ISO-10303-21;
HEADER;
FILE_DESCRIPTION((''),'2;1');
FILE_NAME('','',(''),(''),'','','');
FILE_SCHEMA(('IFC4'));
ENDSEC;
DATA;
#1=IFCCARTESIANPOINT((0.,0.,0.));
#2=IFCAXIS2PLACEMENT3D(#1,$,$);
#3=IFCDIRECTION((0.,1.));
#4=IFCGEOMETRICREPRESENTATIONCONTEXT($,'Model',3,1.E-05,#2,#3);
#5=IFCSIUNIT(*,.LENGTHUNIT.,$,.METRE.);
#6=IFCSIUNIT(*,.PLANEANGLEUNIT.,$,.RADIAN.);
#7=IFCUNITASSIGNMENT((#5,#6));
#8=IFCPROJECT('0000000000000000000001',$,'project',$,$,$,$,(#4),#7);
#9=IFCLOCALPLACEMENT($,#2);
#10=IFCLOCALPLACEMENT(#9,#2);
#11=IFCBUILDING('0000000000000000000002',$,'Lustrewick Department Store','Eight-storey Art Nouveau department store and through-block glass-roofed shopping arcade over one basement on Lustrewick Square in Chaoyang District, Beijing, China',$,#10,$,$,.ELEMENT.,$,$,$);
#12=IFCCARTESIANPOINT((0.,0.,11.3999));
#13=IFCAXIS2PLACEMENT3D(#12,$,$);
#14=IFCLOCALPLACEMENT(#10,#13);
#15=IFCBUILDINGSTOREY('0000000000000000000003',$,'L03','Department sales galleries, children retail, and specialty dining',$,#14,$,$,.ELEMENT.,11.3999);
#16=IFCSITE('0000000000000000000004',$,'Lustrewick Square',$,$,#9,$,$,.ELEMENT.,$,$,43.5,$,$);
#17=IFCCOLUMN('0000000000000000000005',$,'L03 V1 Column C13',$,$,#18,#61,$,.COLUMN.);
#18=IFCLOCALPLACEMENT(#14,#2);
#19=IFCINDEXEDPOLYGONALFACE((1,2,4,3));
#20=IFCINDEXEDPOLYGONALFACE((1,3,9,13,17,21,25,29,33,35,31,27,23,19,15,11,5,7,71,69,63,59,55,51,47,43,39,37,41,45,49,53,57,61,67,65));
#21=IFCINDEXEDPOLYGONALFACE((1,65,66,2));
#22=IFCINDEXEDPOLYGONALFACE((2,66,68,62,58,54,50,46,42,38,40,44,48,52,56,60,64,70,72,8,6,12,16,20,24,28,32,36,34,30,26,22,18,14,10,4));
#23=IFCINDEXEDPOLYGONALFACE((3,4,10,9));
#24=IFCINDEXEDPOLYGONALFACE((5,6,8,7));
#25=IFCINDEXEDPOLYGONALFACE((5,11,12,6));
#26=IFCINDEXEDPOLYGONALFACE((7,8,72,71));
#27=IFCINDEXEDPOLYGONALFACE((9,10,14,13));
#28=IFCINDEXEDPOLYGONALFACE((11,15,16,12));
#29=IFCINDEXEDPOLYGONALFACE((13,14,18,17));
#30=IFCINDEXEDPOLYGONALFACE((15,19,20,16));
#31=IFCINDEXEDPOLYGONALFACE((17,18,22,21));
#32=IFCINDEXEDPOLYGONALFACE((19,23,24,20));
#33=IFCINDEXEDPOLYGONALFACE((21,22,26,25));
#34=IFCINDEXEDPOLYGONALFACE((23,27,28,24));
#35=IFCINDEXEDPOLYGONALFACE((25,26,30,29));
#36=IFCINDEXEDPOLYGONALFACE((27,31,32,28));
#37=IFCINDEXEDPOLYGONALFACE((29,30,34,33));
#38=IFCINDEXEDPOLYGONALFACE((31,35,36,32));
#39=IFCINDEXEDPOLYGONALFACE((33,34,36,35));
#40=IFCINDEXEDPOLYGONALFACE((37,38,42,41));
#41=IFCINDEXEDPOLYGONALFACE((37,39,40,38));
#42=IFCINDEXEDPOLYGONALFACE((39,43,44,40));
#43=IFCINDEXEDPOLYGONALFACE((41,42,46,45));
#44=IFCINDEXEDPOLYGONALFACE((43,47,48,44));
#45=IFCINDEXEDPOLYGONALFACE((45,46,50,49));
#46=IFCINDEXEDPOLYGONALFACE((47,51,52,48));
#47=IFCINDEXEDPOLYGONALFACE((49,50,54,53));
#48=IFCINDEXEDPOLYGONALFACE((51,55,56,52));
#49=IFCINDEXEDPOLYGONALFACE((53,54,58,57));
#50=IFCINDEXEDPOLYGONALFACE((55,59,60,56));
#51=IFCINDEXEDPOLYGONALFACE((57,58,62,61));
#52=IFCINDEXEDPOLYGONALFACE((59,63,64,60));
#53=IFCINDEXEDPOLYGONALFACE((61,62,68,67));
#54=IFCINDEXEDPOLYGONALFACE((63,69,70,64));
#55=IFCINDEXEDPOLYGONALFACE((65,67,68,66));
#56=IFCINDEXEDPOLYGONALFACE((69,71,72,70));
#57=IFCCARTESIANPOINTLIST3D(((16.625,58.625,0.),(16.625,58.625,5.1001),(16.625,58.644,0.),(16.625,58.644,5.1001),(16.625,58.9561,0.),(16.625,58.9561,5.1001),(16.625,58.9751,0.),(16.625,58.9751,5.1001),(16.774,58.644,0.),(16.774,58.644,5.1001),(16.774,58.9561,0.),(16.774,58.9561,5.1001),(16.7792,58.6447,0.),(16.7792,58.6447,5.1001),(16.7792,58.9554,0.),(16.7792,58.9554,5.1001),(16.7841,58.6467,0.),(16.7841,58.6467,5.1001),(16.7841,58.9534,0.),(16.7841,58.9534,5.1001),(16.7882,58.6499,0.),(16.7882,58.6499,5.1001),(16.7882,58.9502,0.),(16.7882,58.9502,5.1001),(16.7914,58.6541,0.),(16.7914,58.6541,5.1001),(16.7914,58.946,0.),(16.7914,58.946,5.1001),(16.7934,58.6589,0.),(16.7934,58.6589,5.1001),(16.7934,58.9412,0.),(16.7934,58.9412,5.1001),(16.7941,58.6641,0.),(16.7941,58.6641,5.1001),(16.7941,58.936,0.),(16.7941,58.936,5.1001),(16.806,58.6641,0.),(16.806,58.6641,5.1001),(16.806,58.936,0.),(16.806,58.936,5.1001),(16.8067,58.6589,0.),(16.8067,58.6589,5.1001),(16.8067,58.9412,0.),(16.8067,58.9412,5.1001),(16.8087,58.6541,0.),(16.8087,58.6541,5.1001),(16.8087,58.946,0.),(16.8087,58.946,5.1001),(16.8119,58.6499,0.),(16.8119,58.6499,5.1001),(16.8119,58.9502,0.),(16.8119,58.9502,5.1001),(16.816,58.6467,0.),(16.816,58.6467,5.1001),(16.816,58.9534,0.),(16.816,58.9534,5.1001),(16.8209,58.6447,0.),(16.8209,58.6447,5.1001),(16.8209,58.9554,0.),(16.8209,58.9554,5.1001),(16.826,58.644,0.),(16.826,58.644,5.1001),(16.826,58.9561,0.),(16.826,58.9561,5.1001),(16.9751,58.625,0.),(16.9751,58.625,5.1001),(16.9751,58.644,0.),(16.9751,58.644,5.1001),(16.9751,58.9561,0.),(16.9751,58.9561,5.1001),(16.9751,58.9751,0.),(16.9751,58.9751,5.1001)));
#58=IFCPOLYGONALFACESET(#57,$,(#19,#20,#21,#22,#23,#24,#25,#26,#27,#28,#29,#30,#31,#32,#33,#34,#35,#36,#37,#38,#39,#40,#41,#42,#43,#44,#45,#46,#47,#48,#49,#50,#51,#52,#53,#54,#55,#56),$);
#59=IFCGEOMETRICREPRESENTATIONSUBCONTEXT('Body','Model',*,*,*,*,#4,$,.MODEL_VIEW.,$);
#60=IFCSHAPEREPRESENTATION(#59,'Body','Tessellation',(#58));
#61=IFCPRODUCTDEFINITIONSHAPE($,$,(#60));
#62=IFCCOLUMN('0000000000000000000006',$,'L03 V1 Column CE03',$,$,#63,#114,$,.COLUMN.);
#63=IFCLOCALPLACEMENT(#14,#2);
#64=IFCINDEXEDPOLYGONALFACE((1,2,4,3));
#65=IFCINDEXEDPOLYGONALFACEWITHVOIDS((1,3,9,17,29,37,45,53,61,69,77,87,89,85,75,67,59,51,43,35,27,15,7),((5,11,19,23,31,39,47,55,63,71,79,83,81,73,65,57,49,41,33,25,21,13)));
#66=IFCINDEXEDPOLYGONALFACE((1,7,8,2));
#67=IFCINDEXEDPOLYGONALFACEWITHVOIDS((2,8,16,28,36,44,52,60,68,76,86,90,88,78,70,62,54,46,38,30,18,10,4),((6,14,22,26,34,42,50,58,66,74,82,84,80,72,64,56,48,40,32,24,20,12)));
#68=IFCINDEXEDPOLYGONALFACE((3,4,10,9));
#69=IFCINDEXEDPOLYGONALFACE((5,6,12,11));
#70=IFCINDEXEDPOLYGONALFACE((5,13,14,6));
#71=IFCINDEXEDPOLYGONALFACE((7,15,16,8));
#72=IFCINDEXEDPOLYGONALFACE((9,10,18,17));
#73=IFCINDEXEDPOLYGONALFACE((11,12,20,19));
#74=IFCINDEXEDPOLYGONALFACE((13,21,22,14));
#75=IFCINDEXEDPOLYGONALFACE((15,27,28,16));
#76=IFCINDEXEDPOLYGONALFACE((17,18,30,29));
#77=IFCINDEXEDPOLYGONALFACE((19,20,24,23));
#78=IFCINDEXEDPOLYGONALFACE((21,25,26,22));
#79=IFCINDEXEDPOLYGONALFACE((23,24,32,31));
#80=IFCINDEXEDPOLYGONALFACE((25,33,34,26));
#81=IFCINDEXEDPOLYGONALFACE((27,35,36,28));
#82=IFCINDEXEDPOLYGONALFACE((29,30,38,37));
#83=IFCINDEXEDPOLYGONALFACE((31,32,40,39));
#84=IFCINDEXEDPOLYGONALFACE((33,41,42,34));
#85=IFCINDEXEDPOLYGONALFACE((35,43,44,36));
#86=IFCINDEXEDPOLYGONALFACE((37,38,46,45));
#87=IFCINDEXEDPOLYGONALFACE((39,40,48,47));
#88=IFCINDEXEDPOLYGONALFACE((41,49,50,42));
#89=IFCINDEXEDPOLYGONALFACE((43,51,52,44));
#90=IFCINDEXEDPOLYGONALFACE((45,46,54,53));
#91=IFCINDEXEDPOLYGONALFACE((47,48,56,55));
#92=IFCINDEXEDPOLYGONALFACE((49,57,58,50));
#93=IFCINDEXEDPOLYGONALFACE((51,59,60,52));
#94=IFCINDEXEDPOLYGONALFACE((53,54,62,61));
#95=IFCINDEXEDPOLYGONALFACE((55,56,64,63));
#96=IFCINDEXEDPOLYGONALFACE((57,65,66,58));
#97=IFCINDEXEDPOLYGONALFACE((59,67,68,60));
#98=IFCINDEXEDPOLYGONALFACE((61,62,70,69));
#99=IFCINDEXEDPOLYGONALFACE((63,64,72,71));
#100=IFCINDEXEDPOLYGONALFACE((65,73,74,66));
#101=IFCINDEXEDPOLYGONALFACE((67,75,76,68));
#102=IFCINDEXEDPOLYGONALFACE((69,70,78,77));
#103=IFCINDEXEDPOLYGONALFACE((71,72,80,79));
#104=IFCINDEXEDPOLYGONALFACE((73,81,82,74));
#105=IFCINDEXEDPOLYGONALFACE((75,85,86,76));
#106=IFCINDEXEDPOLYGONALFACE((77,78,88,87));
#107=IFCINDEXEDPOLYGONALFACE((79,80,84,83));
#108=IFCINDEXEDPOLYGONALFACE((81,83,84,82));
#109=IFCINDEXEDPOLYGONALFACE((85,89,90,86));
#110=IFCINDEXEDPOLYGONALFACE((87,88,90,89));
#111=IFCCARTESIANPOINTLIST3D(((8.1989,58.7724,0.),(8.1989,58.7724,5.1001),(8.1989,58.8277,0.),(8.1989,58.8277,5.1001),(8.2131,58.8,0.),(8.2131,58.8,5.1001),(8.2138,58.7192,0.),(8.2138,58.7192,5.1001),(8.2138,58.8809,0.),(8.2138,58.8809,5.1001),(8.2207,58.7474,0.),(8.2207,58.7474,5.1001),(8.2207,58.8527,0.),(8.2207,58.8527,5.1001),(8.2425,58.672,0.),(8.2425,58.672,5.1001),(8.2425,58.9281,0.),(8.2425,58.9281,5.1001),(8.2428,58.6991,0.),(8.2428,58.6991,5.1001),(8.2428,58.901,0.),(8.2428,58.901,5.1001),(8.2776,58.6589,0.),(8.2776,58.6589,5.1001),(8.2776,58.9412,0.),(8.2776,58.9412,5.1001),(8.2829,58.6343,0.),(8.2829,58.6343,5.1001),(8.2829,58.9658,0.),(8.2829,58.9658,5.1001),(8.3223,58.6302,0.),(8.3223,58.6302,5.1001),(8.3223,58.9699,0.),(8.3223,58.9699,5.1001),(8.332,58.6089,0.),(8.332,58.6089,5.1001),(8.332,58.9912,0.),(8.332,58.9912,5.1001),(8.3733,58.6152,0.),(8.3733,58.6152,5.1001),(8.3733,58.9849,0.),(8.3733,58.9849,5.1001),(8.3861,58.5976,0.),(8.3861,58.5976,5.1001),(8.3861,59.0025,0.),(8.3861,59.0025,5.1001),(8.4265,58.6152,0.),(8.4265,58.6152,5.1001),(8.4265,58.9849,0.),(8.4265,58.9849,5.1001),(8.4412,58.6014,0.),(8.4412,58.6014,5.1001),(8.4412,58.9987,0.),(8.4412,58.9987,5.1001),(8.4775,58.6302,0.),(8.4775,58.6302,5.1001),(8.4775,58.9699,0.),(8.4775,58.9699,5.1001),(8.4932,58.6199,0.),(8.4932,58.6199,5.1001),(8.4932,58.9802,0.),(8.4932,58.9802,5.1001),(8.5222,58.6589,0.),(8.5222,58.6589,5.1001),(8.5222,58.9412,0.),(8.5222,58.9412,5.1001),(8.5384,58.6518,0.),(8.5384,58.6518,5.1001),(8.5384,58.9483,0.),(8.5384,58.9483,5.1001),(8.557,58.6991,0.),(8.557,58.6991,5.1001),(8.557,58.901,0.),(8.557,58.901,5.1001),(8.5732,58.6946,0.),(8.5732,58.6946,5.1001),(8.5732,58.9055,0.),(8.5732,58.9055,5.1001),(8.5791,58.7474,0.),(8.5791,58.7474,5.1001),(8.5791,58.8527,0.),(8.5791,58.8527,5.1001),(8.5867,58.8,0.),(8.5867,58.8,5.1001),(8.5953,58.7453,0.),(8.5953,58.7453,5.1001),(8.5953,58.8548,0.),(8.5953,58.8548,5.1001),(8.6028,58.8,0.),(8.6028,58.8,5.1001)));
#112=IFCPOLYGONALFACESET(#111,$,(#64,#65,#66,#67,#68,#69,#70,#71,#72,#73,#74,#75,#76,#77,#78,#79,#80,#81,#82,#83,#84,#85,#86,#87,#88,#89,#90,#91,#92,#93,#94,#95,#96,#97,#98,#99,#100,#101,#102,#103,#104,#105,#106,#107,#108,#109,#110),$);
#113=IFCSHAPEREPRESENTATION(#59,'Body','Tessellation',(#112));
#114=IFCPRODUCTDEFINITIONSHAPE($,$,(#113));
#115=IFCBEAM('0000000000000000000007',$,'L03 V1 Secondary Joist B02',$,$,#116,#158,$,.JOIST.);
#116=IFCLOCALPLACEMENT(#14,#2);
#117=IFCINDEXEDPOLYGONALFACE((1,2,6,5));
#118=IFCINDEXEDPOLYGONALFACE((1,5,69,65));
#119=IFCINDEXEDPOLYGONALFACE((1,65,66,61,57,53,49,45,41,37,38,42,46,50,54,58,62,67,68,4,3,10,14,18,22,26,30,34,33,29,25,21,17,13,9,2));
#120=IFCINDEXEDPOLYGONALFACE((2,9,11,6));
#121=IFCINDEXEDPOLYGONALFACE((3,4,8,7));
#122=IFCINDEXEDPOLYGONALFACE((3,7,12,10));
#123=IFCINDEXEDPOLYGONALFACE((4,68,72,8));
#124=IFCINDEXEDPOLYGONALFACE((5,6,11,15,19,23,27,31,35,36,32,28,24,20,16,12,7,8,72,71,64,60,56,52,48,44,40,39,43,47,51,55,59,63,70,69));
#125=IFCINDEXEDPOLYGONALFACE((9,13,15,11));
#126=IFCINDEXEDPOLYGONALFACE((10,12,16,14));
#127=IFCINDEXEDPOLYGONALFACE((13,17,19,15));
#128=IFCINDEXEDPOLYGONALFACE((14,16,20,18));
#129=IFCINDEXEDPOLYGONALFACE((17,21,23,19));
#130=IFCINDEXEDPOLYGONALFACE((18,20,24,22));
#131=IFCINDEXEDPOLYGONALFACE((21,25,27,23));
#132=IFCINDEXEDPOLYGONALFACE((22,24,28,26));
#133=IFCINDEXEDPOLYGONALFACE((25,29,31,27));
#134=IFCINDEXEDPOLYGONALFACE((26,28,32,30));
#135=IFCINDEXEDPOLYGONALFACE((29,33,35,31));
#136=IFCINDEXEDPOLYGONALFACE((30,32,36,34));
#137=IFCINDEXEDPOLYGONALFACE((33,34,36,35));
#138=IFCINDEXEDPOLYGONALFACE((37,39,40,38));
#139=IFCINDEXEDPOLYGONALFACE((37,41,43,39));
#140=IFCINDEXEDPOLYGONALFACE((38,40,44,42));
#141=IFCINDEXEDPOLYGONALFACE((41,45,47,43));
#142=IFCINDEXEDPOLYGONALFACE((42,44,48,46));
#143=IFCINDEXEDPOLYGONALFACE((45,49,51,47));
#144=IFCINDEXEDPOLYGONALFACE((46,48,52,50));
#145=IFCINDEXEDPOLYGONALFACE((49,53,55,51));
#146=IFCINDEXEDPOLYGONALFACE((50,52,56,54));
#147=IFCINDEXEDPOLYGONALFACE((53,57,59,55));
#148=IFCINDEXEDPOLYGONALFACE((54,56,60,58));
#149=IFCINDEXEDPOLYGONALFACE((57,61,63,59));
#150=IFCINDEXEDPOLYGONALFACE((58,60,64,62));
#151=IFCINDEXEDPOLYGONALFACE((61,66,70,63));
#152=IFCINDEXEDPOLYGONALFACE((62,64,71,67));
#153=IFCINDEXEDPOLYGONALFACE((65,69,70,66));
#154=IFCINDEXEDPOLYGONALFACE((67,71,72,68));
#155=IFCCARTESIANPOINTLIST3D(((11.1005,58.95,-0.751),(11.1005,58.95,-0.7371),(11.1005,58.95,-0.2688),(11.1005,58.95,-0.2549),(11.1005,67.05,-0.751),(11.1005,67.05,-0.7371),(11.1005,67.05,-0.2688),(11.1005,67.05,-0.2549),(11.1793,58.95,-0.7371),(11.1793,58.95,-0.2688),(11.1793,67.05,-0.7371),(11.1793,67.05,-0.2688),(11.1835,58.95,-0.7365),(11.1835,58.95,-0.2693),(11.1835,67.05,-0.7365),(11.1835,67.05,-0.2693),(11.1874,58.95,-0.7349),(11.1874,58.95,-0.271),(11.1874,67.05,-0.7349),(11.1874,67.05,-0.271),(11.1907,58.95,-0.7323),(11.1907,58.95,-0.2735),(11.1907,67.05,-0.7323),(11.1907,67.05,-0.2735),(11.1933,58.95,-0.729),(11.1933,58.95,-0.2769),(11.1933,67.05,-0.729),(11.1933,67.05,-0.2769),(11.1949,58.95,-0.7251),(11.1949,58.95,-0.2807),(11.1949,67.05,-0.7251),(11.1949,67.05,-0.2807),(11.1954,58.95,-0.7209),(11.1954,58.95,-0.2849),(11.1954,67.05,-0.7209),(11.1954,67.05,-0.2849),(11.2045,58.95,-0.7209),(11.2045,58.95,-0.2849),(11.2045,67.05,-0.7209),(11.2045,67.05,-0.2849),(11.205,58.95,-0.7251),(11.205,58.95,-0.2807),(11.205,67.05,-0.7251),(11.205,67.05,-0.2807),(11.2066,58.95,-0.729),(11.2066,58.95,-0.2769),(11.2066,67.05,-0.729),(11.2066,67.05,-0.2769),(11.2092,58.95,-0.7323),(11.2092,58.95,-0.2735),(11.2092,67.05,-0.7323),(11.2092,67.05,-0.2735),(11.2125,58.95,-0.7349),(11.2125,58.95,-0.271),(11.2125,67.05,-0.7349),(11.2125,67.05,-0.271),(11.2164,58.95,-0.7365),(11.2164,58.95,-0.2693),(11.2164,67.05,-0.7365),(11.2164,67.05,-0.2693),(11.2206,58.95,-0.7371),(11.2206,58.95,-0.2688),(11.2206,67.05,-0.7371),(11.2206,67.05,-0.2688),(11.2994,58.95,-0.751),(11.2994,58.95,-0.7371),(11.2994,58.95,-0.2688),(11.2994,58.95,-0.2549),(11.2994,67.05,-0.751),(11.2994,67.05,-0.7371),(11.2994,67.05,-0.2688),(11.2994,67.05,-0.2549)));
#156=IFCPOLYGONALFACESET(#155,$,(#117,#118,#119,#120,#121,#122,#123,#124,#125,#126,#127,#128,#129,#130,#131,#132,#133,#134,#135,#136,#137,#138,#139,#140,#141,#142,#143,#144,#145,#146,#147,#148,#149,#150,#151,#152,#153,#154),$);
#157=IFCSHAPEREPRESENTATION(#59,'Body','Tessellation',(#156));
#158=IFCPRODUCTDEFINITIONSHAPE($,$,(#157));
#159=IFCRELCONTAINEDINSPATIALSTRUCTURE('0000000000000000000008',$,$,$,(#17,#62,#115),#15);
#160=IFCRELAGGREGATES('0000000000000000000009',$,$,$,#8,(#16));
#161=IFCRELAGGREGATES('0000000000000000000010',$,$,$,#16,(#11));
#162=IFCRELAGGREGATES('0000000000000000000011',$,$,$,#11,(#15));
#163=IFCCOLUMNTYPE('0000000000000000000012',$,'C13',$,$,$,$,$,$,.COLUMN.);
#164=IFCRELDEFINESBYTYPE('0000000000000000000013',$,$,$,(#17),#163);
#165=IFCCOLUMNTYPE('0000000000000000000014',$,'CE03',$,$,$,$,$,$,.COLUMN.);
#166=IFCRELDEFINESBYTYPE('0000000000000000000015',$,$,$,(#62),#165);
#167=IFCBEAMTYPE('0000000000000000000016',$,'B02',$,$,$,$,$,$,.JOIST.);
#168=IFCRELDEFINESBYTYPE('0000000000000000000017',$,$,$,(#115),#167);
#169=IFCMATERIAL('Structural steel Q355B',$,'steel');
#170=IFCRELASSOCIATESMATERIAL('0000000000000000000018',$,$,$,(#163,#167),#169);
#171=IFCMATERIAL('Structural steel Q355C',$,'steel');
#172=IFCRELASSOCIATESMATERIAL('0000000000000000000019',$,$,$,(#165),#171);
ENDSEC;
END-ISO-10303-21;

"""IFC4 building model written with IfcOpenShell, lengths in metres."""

from ifc_helpers import new_model, si_unit, direction, frame, origin, origin_2d, place, context, subcontext, project, spatial, hollow_circle, i_section, extrude, material, material_profile, profile_set, type_object, element, save


model = new_model("IFC4")

# Units and contexts
model_context = context("Model", 3, precision=1e-05, world=origin(), true_north=direction((0.0, 1.0)))
body_context = subcontext(model_context, "Body", "Model", "MODEL_VIEW")
ifc_project = project(units=[si_unit("LENGTHUNIT", "METRE"), si_unit("PLANEANGLEUNIT", "RADIAN")], contexts=[model_context])

# Site, building, storey
site_placement = place(None, origin())
site = spatial("IfcSite", under=ifc_project, at=site_placement, Name="Lustrewick Square", CompositionType="ELEMENT", RefElevation=43.5)
building_placement = place(site_placement, origin())
building = spatial("IfcBuilding", under=site, at=building_placement, Name="Lustrewick Department Store", Description="Eight-storey Art Nouveau department store and through-block glass-roofed shopping arcade over one basement on Lustrewick Square in Chaoyang District, Beijing, China", CompositionType="ELEMENT")
storey_placement = place(building_placement, frame((0.0, 0.0, 11.3999)))
storey = spatial("IfcBuildingStorey", under=building, at=storey_placement, Name="L03", Description="Department sales galleries, children retail, and specialty dining", CompositionType="ELEMENT", Elevation=11.3999)

# Columns
ifc_material_1 = material(Name="Structural steel Q355B", Category="steel")
ifc_material_profile_1 = material_profile(ifc_material_1, i_section(OverallWidth=0.3501, OverallDepth=0.3501, WebThickness=0.012, FlangeThickness=0.019, FilletRadius=0.02, at=origin_2d()), Name="HW 350x350x12x19")
ifc_profile_set_1 = profile_set([ifc_material_profile_1], Name="Structural steel Q355B")
column_type_1 = type_object("IfcColumnType", Name="C13", PredefinedType="COLUMN", material=ifc_profile_set_1)
column_1_placement = place(storey_placement, frame((16.8, 58.8, 0.0), z_axis=(0.0, 0.0, 1.0), x_axis=(1.0, 0.0, 0.0)))
element("IfcColumn", 1, at=column_1_placement, inside=storey, type_object=column_type_1, Name="L03 V1 Column C13", PredefinedType="COLUMN", context=body_context, shape_type="SweptSolid", body=[
    extrude(i_section(OverallWidth=0.3501, OverallDepth=0.3501, WebThickness=0.012, FlangeThickness=0.019, FilletRadius=0.02, at=origin_2d()), origin(), (0.0, 0.0, 1.0), 5.1001),
])
ifc_material_2 = material(Name="Structural steel Q355C", Category="steel")
ifc_material_profile_2 = material_profile(ifc_material_2, hollow_circle(Radius=0.2029, WallThickness=0.0161, at=origin_2d()), Name="CHS 406x16")
ifc_profile_set_2 = profile_set([ifc_material_profile_2], Name="Structural steel Q355C")
column_type_2 = type_object("IfcColumnType", Name="CE03", PredefinedType="COLUMN", material=ifc_profile_set_2)
column_2_placement = place(storey_placement, frame((8.3999, 58.8, 0.0), z_axis=(0.0, 0.0, 1.0), x_axis=(1.0, 0.0, 0.0)))
element("IfcColumn", 2, at=column_2_placement, inside=storey, type_object=column_type_2, Name="L03 V1 Column CE03", PredefinedType="COLUMN", context=body_context, shape_type="SweptSolid", body=[
    extrude(hollow_circle(Radius=0.2029, WallThickness=0.0161, at=origin_2d()), origin(), (0.0, 0.0, 1.0), 5.1001),
])

# Beam
ifc_material_profile_3 = material_profile(ifc_material_1, i_section(OverallWidth=0.199, OverallDepth=0.4961, WebThickness=0.009, FlangeThickness=0.0139, FilletRadius=0.0161, at=origin_2d()), Name="HN 496x199x9x14")
ifc_profile_set_3 = profile_set([ifc_material_profile_3], Name="Structural steel Q355B")
beam_type_1 = type_object("IfcBeamType", Name="B02", PredefinedType="JOIST", material=ifc_profile_set_3)
beam_1_placement = place(storey_placement, frame((11.2, 58.95, -0.5029), z_axis=(0.0, 1.0, 0.0), x_axis=(-1.0, 0.0, 0.0)))
element("IfcBeam", 3, at=beam_1_placement, inside=storey, type_object=beam_type_1, Name="L03 V1 Secondary Joist B02", PredefinedType="JOIST", context=body_context, shape_type="SweptSolid", body=[
    extrude(i_section(OverallWidth=0.199, OverallDepth=0.4961, WebThickness=0.009, FlangeThickness=0.0139, FilletRadius=0.0161, at=origin_2d()), origin(), (0.0, 0.0, 1.0), 8.1001),
])

save(model, "model.ifc")
